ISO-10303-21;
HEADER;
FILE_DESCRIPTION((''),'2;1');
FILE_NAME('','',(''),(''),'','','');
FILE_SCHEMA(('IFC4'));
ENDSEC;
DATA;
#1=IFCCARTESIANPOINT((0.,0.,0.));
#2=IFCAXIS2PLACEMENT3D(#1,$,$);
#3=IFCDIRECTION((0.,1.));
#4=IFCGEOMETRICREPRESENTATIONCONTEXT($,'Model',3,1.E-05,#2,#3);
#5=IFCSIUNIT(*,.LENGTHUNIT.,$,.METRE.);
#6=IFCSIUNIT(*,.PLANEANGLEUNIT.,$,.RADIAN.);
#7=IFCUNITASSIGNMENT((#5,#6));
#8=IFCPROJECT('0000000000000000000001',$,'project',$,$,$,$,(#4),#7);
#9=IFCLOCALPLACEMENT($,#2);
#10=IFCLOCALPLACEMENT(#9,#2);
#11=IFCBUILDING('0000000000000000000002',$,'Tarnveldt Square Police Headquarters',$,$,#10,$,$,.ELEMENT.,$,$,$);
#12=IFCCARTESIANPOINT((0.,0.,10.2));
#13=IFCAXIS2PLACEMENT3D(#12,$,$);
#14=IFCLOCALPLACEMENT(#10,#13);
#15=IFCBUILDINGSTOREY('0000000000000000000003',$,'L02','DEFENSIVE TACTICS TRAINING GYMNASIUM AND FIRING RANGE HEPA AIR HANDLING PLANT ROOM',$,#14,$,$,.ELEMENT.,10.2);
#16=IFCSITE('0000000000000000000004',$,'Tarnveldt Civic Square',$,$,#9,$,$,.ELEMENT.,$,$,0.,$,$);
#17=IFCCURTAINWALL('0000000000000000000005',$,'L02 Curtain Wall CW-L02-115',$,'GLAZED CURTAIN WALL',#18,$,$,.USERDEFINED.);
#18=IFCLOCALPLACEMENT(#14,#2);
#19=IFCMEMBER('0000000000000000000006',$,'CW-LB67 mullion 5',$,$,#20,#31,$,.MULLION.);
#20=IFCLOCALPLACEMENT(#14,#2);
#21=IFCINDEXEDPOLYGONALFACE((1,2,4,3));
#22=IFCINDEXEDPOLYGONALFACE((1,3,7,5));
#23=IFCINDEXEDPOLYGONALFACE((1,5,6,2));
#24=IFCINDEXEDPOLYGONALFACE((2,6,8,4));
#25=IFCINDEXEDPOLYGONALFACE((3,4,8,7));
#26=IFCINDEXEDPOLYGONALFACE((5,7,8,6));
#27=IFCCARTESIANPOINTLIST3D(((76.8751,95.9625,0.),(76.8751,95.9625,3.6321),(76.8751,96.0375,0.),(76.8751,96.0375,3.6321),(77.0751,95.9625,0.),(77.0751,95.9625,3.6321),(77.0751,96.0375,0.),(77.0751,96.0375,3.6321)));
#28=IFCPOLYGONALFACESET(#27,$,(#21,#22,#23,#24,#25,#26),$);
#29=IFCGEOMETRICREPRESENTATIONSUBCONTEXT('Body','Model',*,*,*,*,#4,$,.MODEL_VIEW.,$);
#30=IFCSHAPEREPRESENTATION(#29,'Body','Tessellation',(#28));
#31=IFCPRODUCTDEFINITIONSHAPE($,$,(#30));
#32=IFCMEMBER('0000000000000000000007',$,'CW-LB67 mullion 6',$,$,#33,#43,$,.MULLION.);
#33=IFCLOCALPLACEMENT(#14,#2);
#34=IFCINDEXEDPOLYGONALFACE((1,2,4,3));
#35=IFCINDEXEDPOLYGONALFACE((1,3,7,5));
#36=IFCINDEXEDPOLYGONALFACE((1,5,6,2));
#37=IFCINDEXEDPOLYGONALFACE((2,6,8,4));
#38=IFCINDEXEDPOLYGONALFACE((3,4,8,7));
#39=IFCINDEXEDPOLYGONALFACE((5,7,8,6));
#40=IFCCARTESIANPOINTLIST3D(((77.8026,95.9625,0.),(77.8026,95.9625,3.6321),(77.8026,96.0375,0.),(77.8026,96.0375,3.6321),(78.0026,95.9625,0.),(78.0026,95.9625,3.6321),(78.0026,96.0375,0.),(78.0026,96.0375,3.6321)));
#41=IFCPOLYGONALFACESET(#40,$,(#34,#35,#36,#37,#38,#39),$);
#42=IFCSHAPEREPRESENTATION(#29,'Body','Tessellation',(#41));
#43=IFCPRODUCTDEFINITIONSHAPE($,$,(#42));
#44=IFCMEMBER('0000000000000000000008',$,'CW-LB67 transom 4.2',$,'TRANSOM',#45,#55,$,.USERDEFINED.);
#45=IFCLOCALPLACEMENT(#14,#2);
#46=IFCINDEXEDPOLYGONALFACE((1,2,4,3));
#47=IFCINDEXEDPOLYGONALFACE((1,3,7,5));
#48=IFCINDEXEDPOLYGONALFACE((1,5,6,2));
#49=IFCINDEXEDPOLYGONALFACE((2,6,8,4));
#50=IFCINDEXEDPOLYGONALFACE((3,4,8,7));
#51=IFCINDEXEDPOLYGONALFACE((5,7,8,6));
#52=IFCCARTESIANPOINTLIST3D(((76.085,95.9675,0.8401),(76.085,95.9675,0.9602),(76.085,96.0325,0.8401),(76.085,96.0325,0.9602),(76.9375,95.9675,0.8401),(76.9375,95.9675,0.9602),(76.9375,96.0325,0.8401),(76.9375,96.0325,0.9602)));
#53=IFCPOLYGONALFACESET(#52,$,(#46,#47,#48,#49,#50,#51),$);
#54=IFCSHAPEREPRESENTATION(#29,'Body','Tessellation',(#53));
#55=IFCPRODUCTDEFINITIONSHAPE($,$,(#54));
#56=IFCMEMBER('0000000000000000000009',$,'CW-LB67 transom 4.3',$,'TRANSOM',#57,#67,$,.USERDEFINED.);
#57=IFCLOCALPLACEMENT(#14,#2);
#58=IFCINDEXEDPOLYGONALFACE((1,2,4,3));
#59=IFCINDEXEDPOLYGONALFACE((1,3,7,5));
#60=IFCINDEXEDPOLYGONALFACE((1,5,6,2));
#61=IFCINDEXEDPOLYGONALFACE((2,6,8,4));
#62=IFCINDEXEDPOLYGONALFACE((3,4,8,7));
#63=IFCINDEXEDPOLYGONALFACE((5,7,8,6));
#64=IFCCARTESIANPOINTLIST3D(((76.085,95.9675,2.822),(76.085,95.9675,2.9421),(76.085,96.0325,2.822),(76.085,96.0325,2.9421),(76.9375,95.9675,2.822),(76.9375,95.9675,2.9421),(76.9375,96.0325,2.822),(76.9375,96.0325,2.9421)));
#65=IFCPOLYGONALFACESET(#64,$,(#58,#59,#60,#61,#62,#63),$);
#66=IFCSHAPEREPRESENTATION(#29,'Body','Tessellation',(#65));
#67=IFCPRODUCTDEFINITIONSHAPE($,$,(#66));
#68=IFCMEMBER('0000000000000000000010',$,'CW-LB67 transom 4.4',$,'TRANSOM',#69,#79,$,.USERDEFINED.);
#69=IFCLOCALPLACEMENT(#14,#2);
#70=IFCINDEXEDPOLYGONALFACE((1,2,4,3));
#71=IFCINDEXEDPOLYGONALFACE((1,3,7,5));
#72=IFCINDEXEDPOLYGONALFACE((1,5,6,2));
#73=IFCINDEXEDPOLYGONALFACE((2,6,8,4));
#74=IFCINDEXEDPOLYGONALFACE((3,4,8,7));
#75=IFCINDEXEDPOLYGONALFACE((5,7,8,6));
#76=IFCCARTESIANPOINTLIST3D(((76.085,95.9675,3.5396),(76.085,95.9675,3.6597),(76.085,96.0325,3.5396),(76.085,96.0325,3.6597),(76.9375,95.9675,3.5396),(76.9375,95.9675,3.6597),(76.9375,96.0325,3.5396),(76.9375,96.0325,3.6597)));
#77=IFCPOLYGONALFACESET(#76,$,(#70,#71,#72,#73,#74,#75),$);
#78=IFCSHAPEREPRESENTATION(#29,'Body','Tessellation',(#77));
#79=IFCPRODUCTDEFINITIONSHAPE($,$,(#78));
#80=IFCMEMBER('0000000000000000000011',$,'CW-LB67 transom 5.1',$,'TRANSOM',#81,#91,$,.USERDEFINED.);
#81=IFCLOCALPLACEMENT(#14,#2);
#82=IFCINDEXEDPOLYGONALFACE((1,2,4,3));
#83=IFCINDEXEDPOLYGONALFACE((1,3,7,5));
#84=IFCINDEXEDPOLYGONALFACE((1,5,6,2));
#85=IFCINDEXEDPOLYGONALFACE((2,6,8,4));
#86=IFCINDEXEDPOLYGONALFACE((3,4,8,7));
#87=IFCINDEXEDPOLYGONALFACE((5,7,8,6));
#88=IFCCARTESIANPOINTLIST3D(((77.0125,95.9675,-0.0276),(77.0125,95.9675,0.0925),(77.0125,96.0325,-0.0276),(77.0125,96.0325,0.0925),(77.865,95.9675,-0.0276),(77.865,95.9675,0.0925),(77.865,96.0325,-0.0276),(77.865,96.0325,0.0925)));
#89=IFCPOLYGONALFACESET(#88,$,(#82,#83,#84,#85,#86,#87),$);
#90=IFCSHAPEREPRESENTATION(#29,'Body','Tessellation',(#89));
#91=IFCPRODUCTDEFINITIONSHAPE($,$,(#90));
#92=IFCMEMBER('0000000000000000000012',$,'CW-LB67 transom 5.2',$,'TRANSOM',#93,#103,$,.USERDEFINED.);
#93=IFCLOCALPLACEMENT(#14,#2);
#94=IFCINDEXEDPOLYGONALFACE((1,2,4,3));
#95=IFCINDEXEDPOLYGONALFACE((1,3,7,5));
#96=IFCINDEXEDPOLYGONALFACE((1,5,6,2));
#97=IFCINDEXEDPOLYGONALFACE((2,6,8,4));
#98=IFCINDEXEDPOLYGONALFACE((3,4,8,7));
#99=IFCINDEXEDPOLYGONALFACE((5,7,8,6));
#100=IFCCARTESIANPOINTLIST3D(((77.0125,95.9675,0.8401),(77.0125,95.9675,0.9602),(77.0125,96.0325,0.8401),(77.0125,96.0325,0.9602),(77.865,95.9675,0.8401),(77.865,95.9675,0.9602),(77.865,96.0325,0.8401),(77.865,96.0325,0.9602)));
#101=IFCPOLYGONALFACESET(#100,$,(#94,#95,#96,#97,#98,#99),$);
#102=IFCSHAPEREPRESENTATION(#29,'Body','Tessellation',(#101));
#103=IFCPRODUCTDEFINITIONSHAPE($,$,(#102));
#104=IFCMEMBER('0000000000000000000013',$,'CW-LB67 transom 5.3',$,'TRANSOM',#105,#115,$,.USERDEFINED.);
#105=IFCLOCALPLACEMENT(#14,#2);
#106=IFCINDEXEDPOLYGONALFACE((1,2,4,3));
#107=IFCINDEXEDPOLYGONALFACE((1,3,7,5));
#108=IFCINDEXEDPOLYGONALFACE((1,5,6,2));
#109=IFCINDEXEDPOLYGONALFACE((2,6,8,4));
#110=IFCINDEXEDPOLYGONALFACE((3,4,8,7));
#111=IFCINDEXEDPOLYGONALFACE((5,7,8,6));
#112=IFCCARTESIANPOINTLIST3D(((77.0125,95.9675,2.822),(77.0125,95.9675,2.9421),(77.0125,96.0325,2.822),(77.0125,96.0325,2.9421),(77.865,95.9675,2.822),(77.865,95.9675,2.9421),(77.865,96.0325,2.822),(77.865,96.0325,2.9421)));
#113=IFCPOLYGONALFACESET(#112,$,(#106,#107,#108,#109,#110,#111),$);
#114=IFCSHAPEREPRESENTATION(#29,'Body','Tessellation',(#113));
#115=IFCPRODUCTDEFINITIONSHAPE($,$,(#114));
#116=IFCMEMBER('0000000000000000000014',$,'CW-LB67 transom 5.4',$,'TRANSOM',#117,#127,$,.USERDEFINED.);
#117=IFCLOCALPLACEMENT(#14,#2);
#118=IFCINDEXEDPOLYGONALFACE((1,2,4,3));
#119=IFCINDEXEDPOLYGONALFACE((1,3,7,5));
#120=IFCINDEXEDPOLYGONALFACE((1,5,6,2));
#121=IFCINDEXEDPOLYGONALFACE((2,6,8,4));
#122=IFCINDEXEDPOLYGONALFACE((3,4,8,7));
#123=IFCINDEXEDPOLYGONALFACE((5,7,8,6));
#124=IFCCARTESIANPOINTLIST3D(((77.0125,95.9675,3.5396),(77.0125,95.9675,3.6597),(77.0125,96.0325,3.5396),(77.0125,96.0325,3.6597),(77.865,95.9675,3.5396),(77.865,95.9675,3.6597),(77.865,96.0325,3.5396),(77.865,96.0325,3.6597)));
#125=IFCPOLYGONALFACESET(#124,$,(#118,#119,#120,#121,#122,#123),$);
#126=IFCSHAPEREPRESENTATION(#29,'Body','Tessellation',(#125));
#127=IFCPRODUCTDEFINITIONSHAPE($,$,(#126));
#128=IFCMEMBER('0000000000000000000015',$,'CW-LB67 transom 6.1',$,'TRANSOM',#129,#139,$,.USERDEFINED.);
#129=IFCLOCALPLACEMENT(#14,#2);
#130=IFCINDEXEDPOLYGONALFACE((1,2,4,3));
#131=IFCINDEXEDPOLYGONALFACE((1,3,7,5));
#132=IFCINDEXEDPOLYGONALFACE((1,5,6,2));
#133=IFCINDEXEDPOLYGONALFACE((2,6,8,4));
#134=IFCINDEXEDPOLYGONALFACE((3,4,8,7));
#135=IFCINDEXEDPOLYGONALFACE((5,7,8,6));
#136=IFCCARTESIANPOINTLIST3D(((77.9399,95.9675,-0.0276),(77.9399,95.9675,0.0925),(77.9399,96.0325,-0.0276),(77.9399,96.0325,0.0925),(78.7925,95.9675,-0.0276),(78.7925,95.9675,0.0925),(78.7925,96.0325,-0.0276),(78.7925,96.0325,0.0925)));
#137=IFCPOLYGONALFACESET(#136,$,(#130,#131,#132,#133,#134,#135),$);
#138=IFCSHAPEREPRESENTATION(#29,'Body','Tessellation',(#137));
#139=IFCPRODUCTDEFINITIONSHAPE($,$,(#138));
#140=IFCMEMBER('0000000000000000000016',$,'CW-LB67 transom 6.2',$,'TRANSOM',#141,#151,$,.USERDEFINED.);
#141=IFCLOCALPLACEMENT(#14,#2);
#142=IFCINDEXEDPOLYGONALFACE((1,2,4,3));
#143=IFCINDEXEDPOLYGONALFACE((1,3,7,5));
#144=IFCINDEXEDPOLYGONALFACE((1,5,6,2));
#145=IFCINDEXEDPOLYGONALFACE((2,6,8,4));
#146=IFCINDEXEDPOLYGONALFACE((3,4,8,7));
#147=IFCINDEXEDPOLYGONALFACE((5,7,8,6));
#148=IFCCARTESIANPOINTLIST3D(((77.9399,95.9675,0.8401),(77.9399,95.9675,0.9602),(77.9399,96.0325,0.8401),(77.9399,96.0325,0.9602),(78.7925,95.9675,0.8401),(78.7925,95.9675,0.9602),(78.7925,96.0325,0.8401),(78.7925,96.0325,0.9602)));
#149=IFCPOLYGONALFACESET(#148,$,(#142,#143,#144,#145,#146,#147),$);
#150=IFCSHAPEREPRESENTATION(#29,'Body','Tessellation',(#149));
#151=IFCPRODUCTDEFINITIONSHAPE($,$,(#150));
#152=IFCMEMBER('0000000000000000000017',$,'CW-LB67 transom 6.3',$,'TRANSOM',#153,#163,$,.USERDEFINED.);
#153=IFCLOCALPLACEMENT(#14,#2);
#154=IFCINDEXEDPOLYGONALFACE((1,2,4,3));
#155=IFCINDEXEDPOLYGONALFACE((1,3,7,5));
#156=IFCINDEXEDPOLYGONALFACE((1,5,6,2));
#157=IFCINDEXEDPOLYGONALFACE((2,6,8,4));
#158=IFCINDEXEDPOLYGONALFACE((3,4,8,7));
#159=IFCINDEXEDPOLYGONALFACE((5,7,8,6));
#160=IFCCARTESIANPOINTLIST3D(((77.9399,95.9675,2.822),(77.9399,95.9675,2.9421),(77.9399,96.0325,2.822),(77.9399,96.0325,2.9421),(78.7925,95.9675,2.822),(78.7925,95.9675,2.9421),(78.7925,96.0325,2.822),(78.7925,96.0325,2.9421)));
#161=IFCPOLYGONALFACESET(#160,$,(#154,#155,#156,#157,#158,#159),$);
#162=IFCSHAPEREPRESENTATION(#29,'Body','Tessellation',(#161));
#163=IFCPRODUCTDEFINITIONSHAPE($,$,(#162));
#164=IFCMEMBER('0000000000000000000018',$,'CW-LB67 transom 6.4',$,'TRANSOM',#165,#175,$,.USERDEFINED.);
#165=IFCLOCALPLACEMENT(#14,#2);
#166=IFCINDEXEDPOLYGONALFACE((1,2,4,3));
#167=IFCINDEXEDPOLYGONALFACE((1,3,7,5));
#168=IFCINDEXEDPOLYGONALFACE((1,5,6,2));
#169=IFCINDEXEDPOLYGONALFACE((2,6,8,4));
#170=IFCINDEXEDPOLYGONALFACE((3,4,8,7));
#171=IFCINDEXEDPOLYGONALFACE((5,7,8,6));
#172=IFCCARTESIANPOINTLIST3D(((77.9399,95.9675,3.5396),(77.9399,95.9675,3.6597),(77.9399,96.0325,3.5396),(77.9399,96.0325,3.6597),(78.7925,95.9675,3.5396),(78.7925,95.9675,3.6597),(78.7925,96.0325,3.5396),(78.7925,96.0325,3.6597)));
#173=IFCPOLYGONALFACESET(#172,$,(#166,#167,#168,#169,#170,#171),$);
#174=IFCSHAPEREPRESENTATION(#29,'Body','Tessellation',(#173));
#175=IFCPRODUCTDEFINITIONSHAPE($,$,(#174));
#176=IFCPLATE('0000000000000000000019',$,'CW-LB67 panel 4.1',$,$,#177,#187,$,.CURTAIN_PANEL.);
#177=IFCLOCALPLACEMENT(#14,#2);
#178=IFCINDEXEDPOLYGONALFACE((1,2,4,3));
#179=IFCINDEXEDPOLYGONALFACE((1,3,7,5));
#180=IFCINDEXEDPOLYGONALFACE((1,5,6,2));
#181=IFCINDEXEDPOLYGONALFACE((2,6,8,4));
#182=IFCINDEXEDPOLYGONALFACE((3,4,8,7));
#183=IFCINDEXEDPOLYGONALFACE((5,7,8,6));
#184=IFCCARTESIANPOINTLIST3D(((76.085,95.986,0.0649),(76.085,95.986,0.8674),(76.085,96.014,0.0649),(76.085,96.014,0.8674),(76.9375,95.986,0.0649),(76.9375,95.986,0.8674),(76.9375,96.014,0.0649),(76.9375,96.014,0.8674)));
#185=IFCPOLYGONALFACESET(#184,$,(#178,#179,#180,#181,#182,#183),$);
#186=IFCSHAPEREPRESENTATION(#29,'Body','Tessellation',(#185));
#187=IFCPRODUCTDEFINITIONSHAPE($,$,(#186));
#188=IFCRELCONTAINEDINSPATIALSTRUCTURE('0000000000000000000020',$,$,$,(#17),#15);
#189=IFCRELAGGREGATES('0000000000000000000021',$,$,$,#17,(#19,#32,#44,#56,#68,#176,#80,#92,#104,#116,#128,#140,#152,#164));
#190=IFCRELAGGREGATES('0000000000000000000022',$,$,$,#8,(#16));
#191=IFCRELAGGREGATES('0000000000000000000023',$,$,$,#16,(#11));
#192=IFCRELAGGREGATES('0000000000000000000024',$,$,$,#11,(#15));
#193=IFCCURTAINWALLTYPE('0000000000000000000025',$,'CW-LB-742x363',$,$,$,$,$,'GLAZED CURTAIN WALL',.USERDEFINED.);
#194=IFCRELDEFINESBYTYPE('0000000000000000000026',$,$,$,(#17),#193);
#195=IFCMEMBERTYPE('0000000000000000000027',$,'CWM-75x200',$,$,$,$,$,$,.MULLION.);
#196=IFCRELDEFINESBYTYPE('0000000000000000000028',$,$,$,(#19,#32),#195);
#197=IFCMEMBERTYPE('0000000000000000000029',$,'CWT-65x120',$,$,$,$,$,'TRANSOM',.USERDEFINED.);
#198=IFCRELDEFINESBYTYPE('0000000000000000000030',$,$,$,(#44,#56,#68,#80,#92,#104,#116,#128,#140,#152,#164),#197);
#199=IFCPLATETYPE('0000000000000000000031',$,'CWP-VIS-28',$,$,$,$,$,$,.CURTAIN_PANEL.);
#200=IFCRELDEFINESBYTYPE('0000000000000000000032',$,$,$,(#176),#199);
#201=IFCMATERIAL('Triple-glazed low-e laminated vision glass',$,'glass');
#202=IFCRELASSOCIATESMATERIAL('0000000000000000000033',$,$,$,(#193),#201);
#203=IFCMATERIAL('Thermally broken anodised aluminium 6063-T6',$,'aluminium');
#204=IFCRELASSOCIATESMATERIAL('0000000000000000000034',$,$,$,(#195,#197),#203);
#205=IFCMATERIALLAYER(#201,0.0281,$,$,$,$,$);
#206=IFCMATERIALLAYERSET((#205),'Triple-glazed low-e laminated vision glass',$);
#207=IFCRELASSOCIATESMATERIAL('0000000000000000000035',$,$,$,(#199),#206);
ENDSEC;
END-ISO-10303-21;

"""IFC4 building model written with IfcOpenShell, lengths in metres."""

from ifc_helpers import new_model, si_unit, direction, frame, origin, origin_2d, place, context, subcontext, project, spatial, rectangle, extrude, material, layer, layer_set, material_profile, profile_set, type_object, element, aggregate, save


model = new_model("IFC4")

# Units and contexts
model_context = context("Model", 3, precision=1e-05, world=origin(), true_north=direction((0.0, 1.0)))
body_context = subcontext(model_context, "Body", "Model", "MODEL_VIEW")
ifc_project = project(units=[si_unit("LENGTHUNIT", "METRE"), si_unit("PLANEANGLEUNIT", "RADIAN")], contexts=[model_context])

# Site, building, storey
site_placement = place(None, origin())
site = spatial("IfcSite", under=ifc_project, at=site_placement, Name="Tarnveldt Civic Square", CompositionType="ELEMENT", RefElevation=0.0)
building_placement = place(site_placement, origin())
building = spatial("IfcBuilding", under=site, at=building_placement, Name="Tarnveldt Square Police Headquarters", CompositionType="ELEMENT")
storey_placement = place(building_placement, frame((0.0, 0.0, 10.2)))
storey = spatial("IfcBuildingStorey", under=building, at=storey_placement, Name="L02", Description="DEFENSIVE TACTICS TRAINING GYMNASIUM AND FIRING RANGE HEPA AIR HANDLING PLANT ROOM", CompositionType="ELEMENT", Elevation=10.2)

# Curtain wall, members, plate
ifc_material_1 = material(Name="Triple-glazed low-e laminated vision glass", Category="glass")
curtain_wall_type = type_object("IfcCurtainWallType", Name="CW-LB-742x363", ElementType="GLAZED CURTAIN WALL", PredefinedType="USERDEFINED", material=ifc_material_1)
curtain_wall_placement = place(storey_placement, origin())
curtain_wall = element("IfcCurtainWall", 1, at=curtain_wall_placement, inside=storey, type_object=curtain_wall_type, Name="L02 Curtain Wall CW-L02-115", ObjectType="GLAZED CURTAIN WALL", PredefinedType="USERDEFINED")
ifc_material_2 = material(Name="Thermally broken anodised aluminium 6063-T6", Category="aluminium")
ifc_material_profile_1 = material_profile(ifc_material_2, rectangle(XDim=0.075, YDim=0.2, at=origin_2d()), Name="CW-M75x200")
ifc_profile_set_1 = profile_set([ifc_material_profile_1], Name="Thermally broken anodised aluminium 6063-T6")
member_type_1 = type_object("IfcMemberType", Name="CWM-75x200", PredefinedType="MULLION", material=ifc_profile_set_1)
member_1_placement = place(storey_placement, frame((76.9751, 96.0, 0.0), z_axis=(0.0, 0.0, 1.0), x_axis=(0.0, 1.0, 0.0)))
member_1 = element("IfcMember", 2, at=member_1_placement, type_object=member_type_1, Name="CW-LB67 mullion 5", PredefinedType="MULLION", context=body_context, shape_type="SweptSolid", body=[
    extrude(rectangle(XDim=0.075, YDim=0.2, at=origin_2d()), origin(), (0.0, 0.0, 1.0), 3.6321),
])
member_2_placement = place(storey_placement, frame((77.9026, 96.0, 0.0), z_axis=(0.0, 0.0, 1.0), x_axis=(0.0, 1.0, 0.0)))
member_2 = element("IfcMember", 3, at=member_2_placement, type_object=member_type_1, Name="CW-LB67 mullion 6", PredefinedType="MULLION", context=body_context, shape_type="SweptSolid", body=[
    extrude(rectangle(XDim=0.075, YDim=0.2, at=origin_2d()), origin(), (0.0, 0.0, 1.0), 3.6321),
])
ifc_material_profile_2 = material_profile(ifc_material_2, rectangle(XDim=0.0649, YDim=0.1201, at=origin_2d()), Name="CW-T65x120")
ifc_profile_set_2 = profile_set([ifc_material_profile_2], Name="Thermally broken anodised aluminium 6063-T6")
member_type_2 = type_object("IfcMemberType", Name="CWT-65x120", ElementType="TRANSOM", PredefinedType="USERDEFINED", material=ifc_profile_set_2)
member_3_placement = place(storey_placement, frame((76.085, 96.0, 0.9001), z_axis=(1.0, 0.0, 0.0), x_axis=(0.0, 1.0, 0.0)))
member_3 = element("IfcMember", 4, at=member_3_placement, type_object=member_type_2, Name="CW-LB67 transom 4.2", ObjectType="TRANSOM", PredefinedType="USERDEFINED", context=body_context, shape_type="SweptSolid", body=[
    extrude(rectangle(XDim=0.0649, YDim=0.1201, at=origin_2d()), origin(), (0.0, 0.0, 1.0), 0.8525),
])
member_4_placement = place(storey_placement, frame((76.085, 96.0, 2.8821), z_axis=(1.0, 0.0, 0.0), x_axis=(0.0, 1.0, 0.0)))
member_4 = element("IfcMember", 5, at=member_4_placement, type_object=member_type_2, Name="CW-LB67 transom 4.3", ObjectType="TRANSOM", PredefinedType="USERDEFINED", context=body_context, shape_type="SweptSolid", body=[
    extrude(rectangle(XDim=0.0649, YDim=0.1201, at=origin_2d()), origin(), (0.0, 0.0, 1.0), 0.8525),
])
member_5_placement = place(storey_placement, frame((76.085, 96.0, 3.5996), z_axis=(1.0, 0.0, 0.0), x_axis=(0.0, 1.0, 0.0)))
member_5 = element("IfcMember", 6, at=member_5_placement, type_object=member_type_2, Name="CW-LB67 transom 4.4", ObjectType="TRANSOM", PredefinedType="USERDEFINED", context=body_context, shape_type="SweptSolid", body=[
    extrude(rectangle(XDim=0.0649, YDim=0.1201, at=origin_2d()), origin(), (0.0, 0.0, 1.0), 0.8525),
])
member_6_placement = place(storey_placement, frame((77.0125, 96.0, 0.0325), z_axis=(1.0, 0.0, 0.0), x_axis=(0.0, 1.0, 0.0)))
member_6 = element("IfcMember", 7, at=member_6_placement, type_object=member_type_2, Name="CW-LB67 transom 5.1", ObjectType="TRANSOM", PredefinedType="USERDEFINED", context=body_context, shape_type="SweptSolid", body=[
    extrude(rectangle(XDim=0.0649, YDim=0.1201, at=origin_2d()), origin(), (0.0, 0.0, 1.0), 0.8525),
])
member_7_placement = place(storey_placement, frame((77.0125, 96.0, 0.9001), z_axis=(1.0, 0.0, 0.0), x_axis=(0.0, 1.0, 0.0)))
member_7 = element("IfcMember", 8, at=member_7_placement, type_object=member_type_2, Name="CW-LB67 transom 5.2", ObjectType="TRANSOM", PredefinedType="USERDEFINED", context=body_context, shape_type="SweptSolid", body=[
    extrude(rectangle(XDim=0.0649, YDim=0.1201, at=origin_2d()), origin(), (0.0, 0.0, 1.0), 0.8525),
])
member_8_placement = place(storey_placement, frame((77.0125, 96.0, 2.8821), z_axis=(1.0, 0.0, 0.0), x_axis=(0.0, 1.0, 0.0)))
member_8 = element("IfcMember", 9, at=member_8_placement, type_object=member_type_2, Name="CW-LB67 transom 5.3", ObjectType="TRANSOM", PredefinedType="USERDEFINED", context=body_context, shape_type="SweptSolid", body=[
    extrude(rectangle(XDim=0.0649, YDim=0.1201, at=origin_2d()), origin(), (0.0, 0.0, 1.0), 0.8525),
])
member_9_placement = place(storey_placement, frame((77.0125, 96.0, 3.5996), z_axis=(1.0, 0.0, 0.0), x_axis=(0.0, 1.0, 0.0)))
member_9 = element("IfcMember", 10, at=member_9_placement, type_object=member_type_2, Name="CW-LB67 transom 5.4", ObjectType="TRANSOM", PredefinedType="USERDEFINED", context=body_context, shape_type="SweptSolid", body=[
    extrude(rectangle(XDim=0.0649, YDim=0.1201, at=origin_2d()), origin(), (0.0, 0.0, 1.0), 0.8525),
])
member_10_placement = place(storey_placement, frame((77.9399, 96.0, 0.0325), z_axis=(1.0, 0.0, 0.0), x_axis=(0.0, 1.0, 0.0)))
member_10 = element("IfcMember", 11, at=member_10_placement, type_object=member_type_2, Name="CW-LB67 transom 6.1", ObjectType="TRANSOM", PredefinedType="USERDEFINED", context=body_context, shape_type="SweptSolid", body=[
    extrude(rectangle(XDim=0.0649, YDim=0.1201, at=origin_2d()), origin(), (0.0, 0.0, 1.0), 0.8525),
])
member_11_placement = place(storey_placement, frame((77.9399, 96.0, 0.9001), z_axis=(1.0, 0.0, 0.0), x_axis=(0.0, 1.0, 0.0)))
member_11 = element("IfcMember", 12, at=member_11_placement, type_object=member_type_2, Name="CW-LB67 transom 6.2", ObjectType="TRANSOM", PredefinedType="USERDEFINED", context=body_context, shape_type="SweptSolid", body=[
    extrude(rectangle(XDim=0.0649, YDim=0.1201, at=origin_2d()), origin(), (0.0, 0.0, 1.0), 0.8525),
])
member_12_placement = place(storey_placement, frame((77.9399, 96.0, 2.8821), z_axis=(1.0, 0.0, 0.0), x_axis=(0.0, 1.0, 0.0)))
member_12 = element("IfcMember", 13, at=member_12_placement, type_object=member_type_2, Name="CW-LB67 transom 6.3", ObjectType="TRANSOM", PredefinedType="USERDEFINED", context=body_context, shape_type="SweptSolid", body=[
    extrude(rectangle(XDim=0.0649, YDim=0.1201, at=origin_2d()), origin(), (0.0, 0.0, 1.0), 0.8525),
])
member_13_placement = place(storey_placement, frame((77.9399, 96.0, 3.5996), z_axis=(1.0, 0.0, 0.0), x_axis=(0.0, 1.0, 0.0)))
member_13 = element("IfcMember", 14, at=member_13_placement, type_object=member_type_2, Name="CW-LB67 transom 6.4", ObjectType="TRANSOM", PredefinedType="USERDEFINED", context=body_context, shape_type="SweptSolid", body=[
    extrude(rectangle(XDim=0.0649, YDim=0.1201, at=origin_2d()), origin(), (0.0, 0.0, 1.0), 0.8525),
])
ifc_layer = layer(ifc_material_1, 0.0281)
ifc_layer_set = layer_set([ifc_layer], Name="Triple-glazed low-e laminated vision glass")
plate_type = type_object("IfcPlateType", Name="CWP-VIS-28", PredefinedType="CURTAIN_PANEL", material=ifc_layer_set)
plate_1_placement = place(storey_placement, frame((76.5112, 96.0, 0.0649), z_axis=(0.0, 0.0, 1.0), x_axis=(1.0, 0.0, 0.0)))
plate_1 = element("IfcPlate", 15, at=plate_1_placement, type_object=plate_type, Name="CW-LB67 panel 4.1", PredefinedType="CURTAIN_PANEL", context=body_context, shape_type="SweptSolid", body=[
    extrude(rectangle(XDim=0.8525, YDim=0.0281, at=origin_2d()), origin(), (0.0, 0.0, 1.0), 0.8025),
])
aggregate(curtain_wall, [member_1, member_2, member_3, member_4, member_5, plate_1, member_6, member_7, member_8, member_9, member_10, member_11, member_12, member_13])

save(model, "model.ifc")
